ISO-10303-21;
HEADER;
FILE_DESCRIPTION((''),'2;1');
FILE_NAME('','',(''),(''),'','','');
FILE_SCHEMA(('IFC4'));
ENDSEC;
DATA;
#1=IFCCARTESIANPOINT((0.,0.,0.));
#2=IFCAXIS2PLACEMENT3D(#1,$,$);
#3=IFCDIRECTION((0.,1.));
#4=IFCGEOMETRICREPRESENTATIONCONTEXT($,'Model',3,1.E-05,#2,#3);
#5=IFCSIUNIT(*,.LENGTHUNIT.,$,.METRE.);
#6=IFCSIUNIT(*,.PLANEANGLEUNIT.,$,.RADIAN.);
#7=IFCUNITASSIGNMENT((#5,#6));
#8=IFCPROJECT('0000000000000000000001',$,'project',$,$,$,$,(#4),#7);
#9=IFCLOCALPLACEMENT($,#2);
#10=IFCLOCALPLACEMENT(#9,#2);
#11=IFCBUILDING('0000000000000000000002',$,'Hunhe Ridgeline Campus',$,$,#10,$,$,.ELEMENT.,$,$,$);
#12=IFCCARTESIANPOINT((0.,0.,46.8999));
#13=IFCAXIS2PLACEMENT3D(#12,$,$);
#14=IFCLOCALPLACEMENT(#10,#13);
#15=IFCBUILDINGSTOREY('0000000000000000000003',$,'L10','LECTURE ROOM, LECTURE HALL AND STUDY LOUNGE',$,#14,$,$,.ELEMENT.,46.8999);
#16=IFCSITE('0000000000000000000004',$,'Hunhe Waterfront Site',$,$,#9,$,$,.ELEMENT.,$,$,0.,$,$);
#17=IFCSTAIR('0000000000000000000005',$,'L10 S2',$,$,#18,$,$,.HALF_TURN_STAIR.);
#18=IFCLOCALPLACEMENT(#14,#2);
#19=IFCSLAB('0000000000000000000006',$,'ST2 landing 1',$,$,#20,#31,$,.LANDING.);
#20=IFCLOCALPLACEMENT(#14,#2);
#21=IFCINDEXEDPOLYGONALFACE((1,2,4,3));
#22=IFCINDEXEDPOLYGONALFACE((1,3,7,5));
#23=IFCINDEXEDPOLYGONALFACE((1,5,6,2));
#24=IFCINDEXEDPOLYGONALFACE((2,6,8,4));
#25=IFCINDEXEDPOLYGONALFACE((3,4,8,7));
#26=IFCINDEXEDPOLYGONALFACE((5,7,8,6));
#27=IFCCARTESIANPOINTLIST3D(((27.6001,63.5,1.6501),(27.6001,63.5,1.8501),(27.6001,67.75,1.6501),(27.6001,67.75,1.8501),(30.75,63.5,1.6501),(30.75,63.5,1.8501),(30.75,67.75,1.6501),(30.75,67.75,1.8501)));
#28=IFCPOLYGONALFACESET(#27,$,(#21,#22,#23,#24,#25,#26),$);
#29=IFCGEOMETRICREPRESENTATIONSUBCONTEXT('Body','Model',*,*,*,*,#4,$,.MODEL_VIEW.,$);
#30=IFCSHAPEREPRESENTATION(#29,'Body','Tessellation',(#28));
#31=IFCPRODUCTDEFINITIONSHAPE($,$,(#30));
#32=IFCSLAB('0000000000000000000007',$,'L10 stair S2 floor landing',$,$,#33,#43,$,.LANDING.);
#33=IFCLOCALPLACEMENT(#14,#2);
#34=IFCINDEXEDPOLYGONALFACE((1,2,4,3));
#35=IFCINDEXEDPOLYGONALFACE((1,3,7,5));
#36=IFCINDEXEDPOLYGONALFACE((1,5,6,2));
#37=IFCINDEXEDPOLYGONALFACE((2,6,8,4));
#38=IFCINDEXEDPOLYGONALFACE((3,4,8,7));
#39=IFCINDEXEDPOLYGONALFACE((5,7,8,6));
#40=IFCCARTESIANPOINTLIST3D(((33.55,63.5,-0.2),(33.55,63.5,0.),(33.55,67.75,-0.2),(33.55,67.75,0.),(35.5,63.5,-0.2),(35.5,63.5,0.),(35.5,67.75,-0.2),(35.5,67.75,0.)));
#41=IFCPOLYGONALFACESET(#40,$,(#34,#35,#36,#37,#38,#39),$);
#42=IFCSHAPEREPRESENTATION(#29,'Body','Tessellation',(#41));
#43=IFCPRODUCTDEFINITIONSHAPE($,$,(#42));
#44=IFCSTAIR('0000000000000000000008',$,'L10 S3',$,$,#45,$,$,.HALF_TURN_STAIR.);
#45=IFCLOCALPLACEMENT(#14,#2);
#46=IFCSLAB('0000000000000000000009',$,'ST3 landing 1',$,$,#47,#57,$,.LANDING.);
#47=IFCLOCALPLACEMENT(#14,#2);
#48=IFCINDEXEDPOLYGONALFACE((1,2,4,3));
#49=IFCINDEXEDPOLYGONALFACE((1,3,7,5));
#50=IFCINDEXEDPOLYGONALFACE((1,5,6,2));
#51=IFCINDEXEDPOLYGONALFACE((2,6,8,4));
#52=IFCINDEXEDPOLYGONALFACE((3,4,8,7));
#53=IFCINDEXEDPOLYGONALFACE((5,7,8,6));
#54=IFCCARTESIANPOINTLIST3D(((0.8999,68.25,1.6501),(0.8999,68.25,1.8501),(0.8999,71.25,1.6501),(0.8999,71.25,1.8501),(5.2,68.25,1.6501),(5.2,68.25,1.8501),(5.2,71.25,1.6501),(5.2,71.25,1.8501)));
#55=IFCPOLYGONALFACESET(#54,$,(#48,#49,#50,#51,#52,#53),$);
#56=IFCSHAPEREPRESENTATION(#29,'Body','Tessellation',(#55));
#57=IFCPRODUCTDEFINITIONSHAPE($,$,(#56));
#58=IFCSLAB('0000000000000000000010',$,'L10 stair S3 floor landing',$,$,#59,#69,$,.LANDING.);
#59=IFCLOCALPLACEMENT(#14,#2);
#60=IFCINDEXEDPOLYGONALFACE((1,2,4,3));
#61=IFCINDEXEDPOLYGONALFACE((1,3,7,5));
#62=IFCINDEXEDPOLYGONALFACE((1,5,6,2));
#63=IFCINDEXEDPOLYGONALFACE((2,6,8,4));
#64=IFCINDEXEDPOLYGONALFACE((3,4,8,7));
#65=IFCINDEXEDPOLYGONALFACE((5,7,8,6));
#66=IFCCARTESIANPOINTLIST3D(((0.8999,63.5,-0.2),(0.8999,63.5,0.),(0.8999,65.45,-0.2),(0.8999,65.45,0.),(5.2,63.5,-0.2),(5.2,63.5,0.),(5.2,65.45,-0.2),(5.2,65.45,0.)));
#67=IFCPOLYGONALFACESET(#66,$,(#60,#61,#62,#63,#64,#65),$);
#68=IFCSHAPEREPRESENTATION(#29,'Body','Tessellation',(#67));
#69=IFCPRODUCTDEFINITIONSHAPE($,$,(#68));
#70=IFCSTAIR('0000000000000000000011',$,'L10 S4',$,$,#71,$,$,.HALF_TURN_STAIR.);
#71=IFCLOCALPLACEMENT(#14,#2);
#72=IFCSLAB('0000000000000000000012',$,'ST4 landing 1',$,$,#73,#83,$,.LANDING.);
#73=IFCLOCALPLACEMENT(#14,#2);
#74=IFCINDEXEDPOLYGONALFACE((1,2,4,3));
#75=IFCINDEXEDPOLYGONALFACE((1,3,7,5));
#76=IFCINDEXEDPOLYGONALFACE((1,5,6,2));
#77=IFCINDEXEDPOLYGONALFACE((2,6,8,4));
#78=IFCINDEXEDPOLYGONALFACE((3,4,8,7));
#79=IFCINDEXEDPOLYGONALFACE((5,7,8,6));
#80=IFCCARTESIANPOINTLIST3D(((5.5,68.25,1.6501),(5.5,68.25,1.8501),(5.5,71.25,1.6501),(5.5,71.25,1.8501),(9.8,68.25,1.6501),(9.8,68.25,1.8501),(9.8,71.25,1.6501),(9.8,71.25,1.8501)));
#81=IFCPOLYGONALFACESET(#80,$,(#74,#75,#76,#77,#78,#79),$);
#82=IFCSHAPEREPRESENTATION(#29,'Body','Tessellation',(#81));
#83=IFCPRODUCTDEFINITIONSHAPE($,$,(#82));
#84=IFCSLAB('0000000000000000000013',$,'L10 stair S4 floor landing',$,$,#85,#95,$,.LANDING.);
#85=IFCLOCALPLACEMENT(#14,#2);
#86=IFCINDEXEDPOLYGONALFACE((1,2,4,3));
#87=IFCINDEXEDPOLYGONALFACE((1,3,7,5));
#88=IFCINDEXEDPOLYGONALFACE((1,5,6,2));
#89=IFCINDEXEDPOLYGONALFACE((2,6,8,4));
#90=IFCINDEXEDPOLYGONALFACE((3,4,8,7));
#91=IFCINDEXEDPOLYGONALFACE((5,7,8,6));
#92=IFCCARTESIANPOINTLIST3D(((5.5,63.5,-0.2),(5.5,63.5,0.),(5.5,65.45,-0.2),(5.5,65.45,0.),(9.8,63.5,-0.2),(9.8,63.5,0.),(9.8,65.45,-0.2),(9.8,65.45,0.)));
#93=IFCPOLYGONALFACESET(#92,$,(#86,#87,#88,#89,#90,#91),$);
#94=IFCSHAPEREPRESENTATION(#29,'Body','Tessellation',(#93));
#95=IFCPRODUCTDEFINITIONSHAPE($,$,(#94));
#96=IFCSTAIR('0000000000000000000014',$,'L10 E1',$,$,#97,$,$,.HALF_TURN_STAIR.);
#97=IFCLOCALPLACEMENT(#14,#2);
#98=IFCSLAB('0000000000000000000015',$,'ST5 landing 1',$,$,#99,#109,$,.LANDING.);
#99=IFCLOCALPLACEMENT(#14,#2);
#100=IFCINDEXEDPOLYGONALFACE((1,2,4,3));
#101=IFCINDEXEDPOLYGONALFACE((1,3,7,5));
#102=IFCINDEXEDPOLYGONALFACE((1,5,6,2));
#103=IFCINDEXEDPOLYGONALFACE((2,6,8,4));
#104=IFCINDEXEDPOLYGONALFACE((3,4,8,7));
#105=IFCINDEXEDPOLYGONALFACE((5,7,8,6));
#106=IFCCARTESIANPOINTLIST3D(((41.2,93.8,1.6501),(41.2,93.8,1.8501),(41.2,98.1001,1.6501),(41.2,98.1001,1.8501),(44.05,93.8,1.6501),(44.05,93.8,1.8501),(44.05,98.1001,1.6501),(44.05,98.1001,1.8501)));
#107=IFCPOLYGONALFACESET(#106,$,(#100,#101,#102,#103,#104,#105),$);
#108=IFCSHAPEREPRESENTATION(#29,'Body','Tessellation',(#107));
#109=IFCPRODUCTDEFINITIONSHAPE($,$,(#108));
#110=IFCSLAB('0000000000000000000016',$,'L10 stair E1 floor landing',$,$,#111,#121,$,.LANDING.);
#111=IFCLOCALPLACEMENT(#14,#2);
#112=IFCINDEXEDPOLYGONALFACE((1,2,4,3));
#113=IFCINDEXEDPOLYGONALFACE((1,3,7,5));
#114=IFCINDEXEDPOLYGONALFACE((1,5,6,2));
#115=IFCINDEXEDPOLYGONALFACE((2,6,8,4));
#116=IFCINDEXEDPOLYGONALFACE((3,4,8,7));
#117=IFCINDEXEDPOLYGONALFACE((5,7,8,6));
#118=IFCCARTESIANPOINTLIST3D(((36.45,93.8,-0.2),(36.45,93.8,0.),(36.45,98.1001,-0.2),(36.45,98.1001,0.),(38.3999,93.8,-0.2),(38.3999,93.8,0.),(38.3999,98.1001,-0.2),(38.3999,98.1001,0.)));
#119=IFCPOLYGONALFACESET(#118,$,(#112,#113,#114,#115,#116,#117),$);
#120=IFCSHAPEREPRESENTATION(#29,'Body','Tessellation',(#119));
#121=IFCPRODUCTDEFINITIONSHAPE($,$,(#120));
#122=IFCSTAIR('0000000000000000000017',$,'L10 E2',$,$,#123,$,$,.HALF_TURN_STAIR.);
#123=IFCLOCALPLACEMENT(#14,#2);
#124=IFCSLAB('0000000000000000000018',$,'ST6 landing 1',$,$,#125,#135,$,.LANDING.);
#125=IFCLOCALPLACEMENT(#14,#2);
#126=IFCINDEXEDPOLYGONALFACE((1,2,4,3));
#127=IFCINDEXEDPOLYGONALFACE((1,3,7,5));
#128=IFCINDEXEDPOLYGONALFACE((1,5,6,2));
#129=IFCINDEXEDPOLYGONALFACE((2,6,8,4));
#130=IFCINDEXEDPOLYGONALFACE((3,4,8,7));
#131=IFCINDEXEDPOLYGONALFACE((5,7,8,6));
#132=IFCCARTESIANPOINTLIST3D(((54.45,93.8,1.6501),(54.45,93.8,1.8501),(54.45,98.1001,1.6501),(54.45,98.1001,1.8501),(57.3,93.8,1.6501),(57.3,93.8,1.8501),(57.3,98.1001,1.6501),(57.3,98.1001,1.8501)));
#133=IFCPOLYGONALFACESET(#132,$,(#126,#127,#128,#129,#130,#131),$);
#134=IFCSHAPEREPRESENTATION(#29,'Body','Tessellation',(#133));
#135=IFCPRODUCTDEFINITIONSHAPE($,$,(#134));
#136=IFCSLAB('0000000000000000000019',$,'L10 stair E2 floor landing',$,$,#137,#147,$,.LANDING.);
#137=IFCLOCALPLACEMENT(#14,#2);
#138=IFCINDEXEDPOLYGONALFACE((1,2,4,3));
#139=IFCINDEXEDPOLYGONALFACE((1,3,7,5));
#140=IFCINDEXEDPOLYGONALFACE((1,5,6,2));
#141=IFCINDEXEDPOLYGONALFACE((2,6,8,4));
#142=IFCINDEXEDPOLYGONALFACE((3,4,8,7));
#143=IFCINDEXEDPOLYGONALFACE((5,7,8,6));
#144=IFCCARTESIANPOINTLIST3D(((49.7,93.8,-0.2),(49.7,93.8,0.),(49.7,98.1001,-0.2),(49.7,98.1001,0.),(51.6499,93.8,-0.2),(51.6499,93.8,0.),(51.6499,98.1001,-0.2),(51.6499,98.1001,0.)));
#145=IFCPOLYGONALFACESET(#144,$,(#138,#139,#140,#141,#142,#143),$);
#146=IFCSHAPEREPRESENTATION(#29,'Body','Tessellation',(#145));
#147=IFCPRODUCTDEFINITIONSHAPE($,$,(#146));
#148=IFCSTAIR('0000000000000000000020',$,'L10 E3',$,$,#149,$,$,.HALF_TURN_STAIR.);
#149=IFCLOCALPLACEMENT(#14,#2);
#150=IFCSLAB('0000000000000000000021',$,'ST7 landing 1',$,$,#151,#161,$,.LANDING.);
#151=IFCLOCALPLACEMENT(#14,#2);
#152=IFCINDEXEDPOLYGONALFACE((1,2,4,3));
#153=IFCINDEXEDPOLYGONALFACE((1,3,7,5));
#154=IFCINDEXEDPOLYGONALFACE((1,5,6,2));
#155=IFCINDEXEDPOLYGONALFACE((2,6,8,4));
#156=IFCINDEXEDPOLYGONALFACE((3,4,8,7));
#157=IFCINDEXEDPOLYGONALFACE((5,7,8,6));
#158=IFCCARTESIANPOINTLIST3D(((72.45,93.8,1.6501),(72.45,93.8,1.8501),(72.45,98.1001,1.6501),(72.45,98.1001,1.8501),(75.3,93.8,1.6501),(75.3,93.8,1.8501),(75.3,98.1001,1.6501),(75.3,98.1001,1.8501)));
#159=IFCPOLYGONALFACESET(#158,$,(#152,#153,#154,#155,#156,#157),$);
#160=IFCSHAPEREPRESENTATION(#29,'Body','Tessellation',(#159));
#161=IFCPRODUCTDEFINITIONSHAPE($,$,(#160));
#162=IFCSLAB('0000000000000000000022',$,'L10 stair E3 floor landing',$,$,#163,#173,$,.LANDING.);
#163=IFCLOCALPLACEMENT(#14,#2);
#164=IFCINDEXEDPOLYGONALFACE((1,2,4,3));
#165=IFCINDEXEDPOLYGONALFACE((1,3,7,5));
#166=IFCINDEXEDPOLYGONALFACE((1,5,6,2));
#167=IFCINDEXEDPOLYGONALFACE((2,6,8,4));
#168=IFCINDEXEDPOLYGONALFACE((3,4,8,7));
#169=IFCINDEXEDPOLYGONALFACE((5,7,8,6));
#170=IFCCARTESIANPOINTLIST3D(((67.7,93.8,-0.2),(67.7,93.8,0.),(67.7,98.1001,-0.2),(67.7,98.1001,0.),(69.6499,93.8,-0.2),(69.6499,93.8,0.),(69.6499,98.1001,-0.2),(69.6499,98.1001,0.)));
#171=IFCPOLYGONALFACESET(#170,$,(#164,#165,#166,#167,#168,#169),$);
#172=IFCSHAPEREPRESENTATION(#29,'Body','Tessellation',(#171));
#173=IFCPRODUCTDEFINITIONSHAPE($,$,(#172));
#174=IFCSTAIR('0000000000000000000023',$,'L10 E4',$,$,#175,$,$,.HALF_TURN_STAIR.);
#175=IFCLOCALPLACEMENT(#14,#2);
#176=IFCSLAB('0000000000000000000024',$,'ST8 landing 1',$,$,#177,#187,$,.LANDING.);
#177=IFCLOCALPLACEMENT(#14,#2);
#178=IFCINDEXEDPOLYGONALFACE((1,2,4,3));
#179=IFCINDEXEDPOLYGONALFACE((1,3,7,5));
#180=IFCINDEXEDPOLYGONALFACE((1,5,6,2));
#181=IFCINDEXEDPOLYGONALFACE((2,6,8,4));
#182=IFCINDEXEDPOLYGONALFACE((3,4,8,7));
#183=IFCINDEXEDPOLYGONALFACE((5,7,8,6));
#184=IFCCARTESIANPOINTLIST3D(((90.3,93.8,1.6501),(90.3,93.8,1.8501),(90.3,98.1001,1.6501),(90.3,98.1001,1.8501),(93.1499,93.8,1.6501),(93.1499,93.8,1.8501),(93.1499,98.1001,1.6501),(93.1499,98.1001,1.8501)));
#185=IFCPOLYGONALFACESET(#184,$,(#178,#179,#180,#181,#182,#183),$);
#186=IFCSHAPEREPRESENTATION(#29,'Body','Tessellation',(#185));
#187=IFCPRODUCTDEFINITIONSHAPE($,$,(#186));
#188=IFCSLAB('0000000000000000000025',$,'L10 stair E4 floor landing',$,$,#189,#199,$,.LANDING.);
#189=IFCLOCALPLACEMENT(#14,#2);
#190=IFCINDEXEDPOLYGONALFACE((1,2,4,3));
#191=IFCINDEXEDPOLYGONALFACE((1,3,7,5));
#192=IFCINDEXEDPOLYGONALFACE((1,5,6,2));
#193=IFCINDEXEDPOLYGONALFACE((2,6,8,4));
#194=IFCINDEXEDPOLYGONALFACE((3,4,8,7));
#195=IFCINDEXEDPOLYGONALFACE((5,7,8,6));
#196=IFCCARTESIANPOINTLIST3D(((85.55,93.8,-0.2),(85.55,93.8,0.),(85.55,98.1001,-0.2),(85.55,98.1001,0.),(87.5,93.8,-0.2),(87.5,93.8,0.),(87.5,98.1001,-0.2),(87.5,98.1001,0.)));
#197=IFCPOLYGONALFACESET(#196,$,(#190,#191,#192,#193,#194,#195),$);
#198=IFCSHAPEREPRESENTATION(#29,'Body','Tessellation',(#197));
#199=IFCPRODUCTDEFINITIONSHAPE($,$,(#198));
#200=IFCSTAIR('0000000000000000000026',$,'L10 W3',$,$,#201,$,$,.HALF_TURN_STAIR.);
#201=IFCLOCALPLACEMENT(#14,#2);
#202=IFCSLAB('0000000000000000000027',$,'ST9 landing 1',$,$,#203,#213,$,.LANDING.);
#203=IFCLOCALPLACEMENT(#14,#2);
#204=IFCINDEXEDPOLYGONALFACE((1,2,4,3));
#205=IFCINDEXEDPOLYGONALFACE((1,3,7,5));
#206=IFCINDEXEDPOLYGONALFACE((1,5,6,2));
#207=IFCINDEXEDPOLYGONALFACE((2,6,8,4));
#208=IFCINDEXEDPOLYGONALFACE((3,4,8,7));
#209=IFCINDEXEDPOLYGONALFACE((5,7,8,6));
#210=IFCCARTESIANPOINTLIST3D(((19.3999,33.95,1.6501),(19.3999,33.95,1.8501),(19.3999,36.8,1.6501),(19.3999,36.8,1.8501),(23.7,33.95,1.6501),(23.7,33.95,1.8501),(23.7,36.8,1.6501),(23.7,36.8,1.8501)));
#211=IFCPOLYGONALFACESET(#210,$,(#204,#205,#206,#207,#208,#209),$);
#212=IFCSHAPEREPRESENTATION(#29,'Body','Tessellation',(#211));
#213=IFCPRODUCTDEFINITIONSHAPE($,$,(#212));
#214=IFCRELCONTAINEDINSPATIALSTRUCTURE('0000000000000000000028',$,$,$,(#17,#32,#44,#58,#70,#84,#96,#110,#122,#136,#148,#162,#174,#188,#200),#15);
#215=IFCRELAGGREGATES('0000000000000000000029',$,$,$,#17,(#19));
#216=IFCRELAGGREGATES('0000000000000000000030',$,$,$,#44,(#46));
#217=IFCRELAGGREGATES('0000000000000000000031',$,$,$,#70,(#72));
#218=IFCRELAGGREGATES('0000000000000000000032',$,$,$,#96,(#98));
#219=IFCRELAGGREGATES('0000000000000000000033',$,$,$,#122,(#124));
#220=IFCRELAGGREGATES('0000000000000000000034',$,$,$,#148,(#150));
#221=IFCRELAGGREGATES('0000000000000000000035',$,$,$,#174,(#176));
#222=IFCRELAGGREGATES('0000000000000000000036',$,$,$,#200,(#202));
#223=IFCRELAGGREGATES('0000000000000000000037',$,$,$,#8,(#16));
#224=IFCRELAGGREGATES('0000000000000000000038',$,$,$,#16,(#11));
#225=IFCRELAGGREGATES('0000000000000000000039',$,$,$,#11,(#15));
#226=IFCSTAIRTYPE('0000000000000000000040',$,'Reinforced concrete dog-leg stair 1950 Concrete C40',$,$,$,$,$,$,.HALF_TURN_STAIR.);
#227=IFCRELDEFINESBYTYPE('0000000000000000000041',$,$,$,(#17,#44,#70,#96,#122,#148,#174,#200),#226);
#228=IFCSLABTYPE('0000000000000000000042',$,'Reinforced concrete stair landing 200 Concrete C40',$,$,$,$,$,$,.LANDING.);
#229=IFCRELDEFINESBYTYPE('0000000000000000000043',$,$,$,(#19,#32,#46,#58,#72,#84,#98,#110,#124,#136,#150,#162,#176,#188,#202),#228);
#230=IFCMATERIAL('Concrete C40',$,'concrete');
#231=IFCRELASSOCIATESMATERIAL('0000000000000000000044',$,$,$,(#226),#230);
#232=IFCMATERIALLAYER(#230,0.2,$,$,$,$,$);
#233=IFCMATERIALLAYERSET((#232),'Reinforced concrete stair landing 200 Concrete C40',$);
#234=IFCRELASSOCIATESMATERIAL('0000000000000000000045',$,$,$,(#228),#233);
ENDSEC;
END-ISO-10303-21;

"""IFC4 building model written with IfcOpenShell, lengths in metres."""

from ifc_helpers import new_model, si_unit, direction, frame, origin, place, context, subcontext, project, spatial, polyline, outline, extrude, material, layer, layer_set, type_object, element, aggregate, save


model = new_model("IFC4")

# Units and contexts
model_context = context("Model", 3, precision=1e-05, world=origin(), true_north=direction((0.0, 1.0)))
body_context = subcontext(model_context, "Body", "Model", "MODEL_VIEW")
ifc_project = project(units=[si_unit("LENGTHUNIT", "METRE"), si_unit("PLANEANGLEUNIT", "RADIAN")], contexts=[model_context])

# Site, building, storey
site_placement = place(None, origin())
site = spatial("IfcSite", under=ifc_project, at=site_placement, Name="Hunhe Waterfront Site", CompositionType="ELEMENT", RefElevation=0.0)
building_placement = place(site_placement, origin())
building = spatial("IfcBuilding", under=site, at=building_placement, Name="Hunhe Ridgeline Campus", CompositionType="ELEMENT")
storey_placement = place(building_placement, frame((0.0, 0.0, 46.8999)))
storey = spatial("IfcBuildingStorey", under=building, at=storey_placement, Name="L10", Description="LECTURE ROOM, LECTURE HALL AND STUDY LOUNGE", CompositionType="ELEMENT", Elevation=46.8999)

# Shared definitions
ifc_material_1 = material(Name="Concrete C40", Category="concrete")

# Shared definitions
stair_type = type_object("IfcStairType", Name="Reinforced concrete dog-leg stair 1950 Concrete C40", PredefinedType="HALF_TURN_STAIR", material=ifc_material_1)
ifc_layer_1 = layer(ifc_material_1, 0.2)
ifc_layer_set_1 = layer_set([ifc_layer_1], Name="Reinforced concrete stair landing 200 Concrete C40")
slab_type_1 = type_object("IfcSlabType", Name="Reinforced concrete stair landing 200 Concrete C40", PredefinedType="LANDING", material=ifc_layer_set_1)

# Stair, slab
stair_1_placement = place(storey_placement, origin())
stair_1 = element("IfcStair", 1, at=stair_1_placement, inside=storey, type_object=stair_type, Name="L10 S2", PredefinedType="HALF_TURN_STAIR")
slab_1_placement = place(storey_placement, frame((0.0, 0.0, 1.6501)))
slab_1 = element("IfcSlab", 2, at=slab_1_placement, type_object=slab_type_1, Name="ST2 landing 1", PredefinedType="LANDING", context=body_context, shape_type="SweptSolid", body=[
    extrude(outline(polyline([(30.75, 67.75), (27.6001, 67.75), (27.6001, 63.5), (30.75, 63.5), (30.75, 67.75)])), origin(), (0.0, 0.0, 1.0), 0.2),
])
aggregate(stair_1, [slab_1])

# Slab
slab_2_placement = place(storey_placement, frame((0.0, 0.0, -0.2)))
element("IfcSlab", 3, at=slab_2_placement, inside=storey, type_object=slab_type_1, Name="L10 stair S2 floor landing", PredefinedType="LANDING", context=body_context, shape_type="SweptSolid", body=[
    extrude(outline(polyline([(35.5, 67.75), (33.55, 67.75), (33.55, 63.5), (35.5, 63.5), (35.5, 67.75)])), origin(), (0.0, 0.0, 1.0), 0.2),
])

# Stair, slab
stair_2_placement = place(storey_placement, origin())
stair_2 = element("IfcStair", 4, at=stair_2_placement, inside=storey, type_object=stair_type, Name="L10 S3", PredefinedType="HALF_TURN_STAIR")
slab_3_placement = place(storey_placement, frame((0.0, 0.0, 1.6501)))
slab_3 = element("IfcSlab", 5, at=slab_3_placement, type_object=slab_type_1, Name="ST3 landing 1", PredefinedType="LANDING", context=body_context, shape_type="SweptSolid", body=[
    extrude(outline(polyline([(5.2, 68.25), (5.2, 71.25), (0.8999, 71.25), (0.8999, 68.25), (5.2, 68.25)])), origin(), (0.0, 0.0, 1.0), 0.2),
])
aggregate(stair_2, [slab_3])

# Slab
slab_4_placement = place(storey_placement, frame((0.0, 0.0, -0.2)))
element("IfcSlab", 6, at=slab_4_placement, inside=storey, type_object=slab_type_1, Name="L10 stair S3 floor landing", PredefinedType="LANDING", context=body_context, shape_type="SweptSolid", body=[
    extrude(outline(polyline([(5.2, 63.5), (5.2, 65.45), (0.8999, 65.45), (0.8999, 63.5), (5.2, 63.5)])), origin(), (0.0, 0.0, 1.0), 0.2),
])

# Stair, slab
stair_3_placement = place(storey_placement, origin())
stair_3 = element("IfcStair", 7, at=stair_3_placement, inside=storey, type_object=stair_type, Name="L10 S4", PredefinedType="HALF_TURN_STAIR")
slab_5_placement = place(storey_placement, frame((0.0, 0.0, 1.6501)))
slab_5 = element("IfcSlab", 8, at=slab_5_placement, type_object=slab_type_1, Name="ST4 landing 1", PredefinedType="LANDING", context=body_context, shape_type="SweptSolid", body=[
    extrude(outline(polyline([(9.8, 68.25), (9.8, 71.25), (5.5, 71.25), (5.5, 68.25), (9.8, 68.25)])), origin(), (0.0, 0.0, 1.0), 0.2),
])
aggregate(stair_3, [slab_5])

# Slab
slab_6_placement = place(storey_placement, frame((0.0, 0.0, -0.2)))
element("IfcSlab", 9, at=slab_6_placement, inside=storey, type_object=slab_type_1, Name="L10 stair S4 floor landing", PredefinedType="LANDING", context=body_context, shape_type="SweptSolid", body=[
    extrude(outline(polyline([(9.8, 63.5), (9.8, 65.45), (5.5, 65.45), (5.5, 63.5), (9.8, 63.5)])), origin(), (0.0, 0.0, 1.0), 0.2),
])

# Stair, slab
stair_4_placement = place(storey_placement, origin())
stair_4 = element("IfcStair", 10, at=stair_4_placement, inside=storey, type_object=stair_type, Name="L10 E1", PredefinedType="HALF_TURN_STAIR")
slab_7_placement = place(storey_placement, frame((0.0, 0.0, 1.6501)))
slab_7 = element("IfcSlab", 11, at=slab_7_placement, type_object=slab_type_1, Name="ST5 landing 1", PredefinedType="LANDING", context=body_context, shape_type="SweptSolid", body=[
    extrude(outline(polyline([(41.2, 93.8), (44.05, 93.8), (44.05, 98.1001), (41.2, 98.1001), (41.2, 93.8)])), origin(), (0.0, 0.0, 1.0), 0.2),
])
aggregate(stair_4, [slab_7])

# Slab
slab_8_placement = place(storey_placement, frame((0.0, 0.0, -0.2)))
element("IfcSlab", 12, at=slab_8_placement, inside=storey, type_object=slab_type_1, Name="L10 stair E1 floor landing", PredefinedType="LANDING", context=body_context, shape_type="SweptSolid", body=[
    extrude(outline(polyline([(36.45, 93.8), (38.3999, 93.8), (38.3999, 98.1001), (36.45, 98.1001), (36.45, 93.8)])), origin(), (0.0, 0.0, 1.0), 0.2),
])

# Stair, slab
stair_5_placement = place(storey_placement, origin())
stair_5 = element("IfcStair", 13, at=stair_5_placement, inside=storey, type_object=stair_type, Name="L10 E2", PredefinedType="HALF_TURN_STAIR")
slab_9_placement = place(storey_placement, frame((0.0, 0.0, 1.6501)))
slab_9 = element("IfcSlab", 14, at=slab_9_placement, type_object=slab_type_1, Name="ST6 landing 1", PredefinedType="LANDING", context=body_context, shape_type="SweptSolid", body=[
    extrude(outline(polyline([(54.45, 93.8), (57.3, 93.8), (57.3, 98.1001), (54.45, 98.1001), (54.45, 93.8)])), origin(), (0.0, 0.0, 1.0), 0.2),
])
aggregate(stair_5, [slab_9])

# Slab
slab_10_placement = place(storey_placement, frame((0.0, 0.0, -0.2)))
element("IfcSlab", 15, at=slab_10_placement, inside=storey, type_object=slab_type_1, Name="L10 stair E2 floor landing", PredefinedType="LANDING", context=body_context, shape_type="SweptSolid", body=[
    extrude(outline(polyline([(49.7, 93.8), (51.6499, 93.8), (51.6499, 98.1001), (49.7, 98.1001), (49.7, 93.8)])), origin(), (0.0, 0.0, 1.0), 0.2),
])

# Stair, slab
stair_6_placement = place(storey_placement, origin())
stair_6 = element("IfcStair", 16, at=stair_6_placement, inside=storey, type_object=stair_type, Name="L10 E3", PredefinedType="HALF_TURN_STAIR")
slab_11_placement = place(storey_placement, frame((0.0, 0.0, 1.6501)))
slab_11 = element("IfcSlab", 17, at=slab_11_placement, type_object=slab_type_1, Name="ST7 landing 1", PredefinedType="LANDING", context=body_context, shape_type="SweptSolid", body=[
    extrude(outline(polyline([(72.45, 93.8), (75.3, 93.8), (75.3, 98.1001), (72.45, 98.1001), (72.45, 93.8)])), origin(), (0.0, 0.0, 1.0), 0.2),
])
aggregate(stair_6, [slab_11])

# Slab
slab_12_placement = place(storey_placement, frame((0.0, 0.0, -0.2)))
element("IfcSlab", 18, at=slab_12_placement, inside=storey, type_object=slab_type_1, Name="L10 stair E3 floor landing", PredefinedType="LANDING", context=body_context, shape_type="SweptSolid", body=[
    extrude(outline(polyline([(67.7, 93.8), (69.6499, 93.8), (69.6499, 98.1001), (67.7, 98.1001), (67.7, 93.8)])), origin(), (0.0, 0.0, 1.0), 0.2),
])

# Stair, slab
stair_7_placement = place(storey_placement, origin())
stair_7 = element("IfcStair", 19, at=stair_7_placement, inside=storey, type_object=stair_type, Name="L10 E4", PredefinedType="HALF_TURN_STAIR")
slab_13_placement = place(storey_placement, frame((0.0, 0.0, 1.6501)))
slab_13 = element("IfcSlab", 20, at=slab_13_placement, type_object=slab_type_1, Name="ST8 landing 1", PredefinedType="LANDING", context=body_context, shape_type="SweptSolid", body=[
    extrude(outline(polyline([(90.3, 93.8), (93.1499, 93.8), (93.1499, 98.1001), (90.3, 98.1001), (90.3, 93.8)])), origin(), (0.0, 0.0, 1.0), 0.2),
])
aggregate(stair_7, [slab_13])

# Slab
slab_14_placement = place(storey_placement, frame((0.0, 0.0, -0.2)))
element("IfcSlab", 21, at=slab_14_placement, inside=storey, type_object=slab_type_1, Name="L10 stair E4 floor landing", PredefinedType="LANDING", context=body_context, shape_type="SweptSolid", body=[
    extrude(outline(polyline([(85.55, 93.8), (87.5, 93.8), (87.5, 98.1001), (85.55, 98.1001), (85.55, 93.8)])), origin(), (0.0, 0.0, 1.0), 0.2),
])

# Stair, slab
stair_8_placement = place(storey_placement, origin())
stair_8 = element("IfcStair", 22, at=stair_8_placement, inside=storey, type_object=stair_type, Name="L10 W3", PredefinedType="HALF_TURN_STAIR")
slab_15_placement = place(storey_placement, frame((0.0, 0.0, 1.6501)))
slab_15 = element("IfcSlab", 23, at=slab_15_placement, type_object=slab_type_1, Name="ST9 landing 1", PredefinedType="LANDING", context=body_context, shape_type="SweptSolid", body=[
    extrude(outline(polyline([(23.7, 33.95), (23.7, 36.8), (19.3999, 36.8), (19.3999, 33.95), (23.7, 33.95)])), origin(), (0.0, 0.0, 1.0), 0.2),
])
aggregate(stair_8, [slab_15])

save(model, "model.ifc")
